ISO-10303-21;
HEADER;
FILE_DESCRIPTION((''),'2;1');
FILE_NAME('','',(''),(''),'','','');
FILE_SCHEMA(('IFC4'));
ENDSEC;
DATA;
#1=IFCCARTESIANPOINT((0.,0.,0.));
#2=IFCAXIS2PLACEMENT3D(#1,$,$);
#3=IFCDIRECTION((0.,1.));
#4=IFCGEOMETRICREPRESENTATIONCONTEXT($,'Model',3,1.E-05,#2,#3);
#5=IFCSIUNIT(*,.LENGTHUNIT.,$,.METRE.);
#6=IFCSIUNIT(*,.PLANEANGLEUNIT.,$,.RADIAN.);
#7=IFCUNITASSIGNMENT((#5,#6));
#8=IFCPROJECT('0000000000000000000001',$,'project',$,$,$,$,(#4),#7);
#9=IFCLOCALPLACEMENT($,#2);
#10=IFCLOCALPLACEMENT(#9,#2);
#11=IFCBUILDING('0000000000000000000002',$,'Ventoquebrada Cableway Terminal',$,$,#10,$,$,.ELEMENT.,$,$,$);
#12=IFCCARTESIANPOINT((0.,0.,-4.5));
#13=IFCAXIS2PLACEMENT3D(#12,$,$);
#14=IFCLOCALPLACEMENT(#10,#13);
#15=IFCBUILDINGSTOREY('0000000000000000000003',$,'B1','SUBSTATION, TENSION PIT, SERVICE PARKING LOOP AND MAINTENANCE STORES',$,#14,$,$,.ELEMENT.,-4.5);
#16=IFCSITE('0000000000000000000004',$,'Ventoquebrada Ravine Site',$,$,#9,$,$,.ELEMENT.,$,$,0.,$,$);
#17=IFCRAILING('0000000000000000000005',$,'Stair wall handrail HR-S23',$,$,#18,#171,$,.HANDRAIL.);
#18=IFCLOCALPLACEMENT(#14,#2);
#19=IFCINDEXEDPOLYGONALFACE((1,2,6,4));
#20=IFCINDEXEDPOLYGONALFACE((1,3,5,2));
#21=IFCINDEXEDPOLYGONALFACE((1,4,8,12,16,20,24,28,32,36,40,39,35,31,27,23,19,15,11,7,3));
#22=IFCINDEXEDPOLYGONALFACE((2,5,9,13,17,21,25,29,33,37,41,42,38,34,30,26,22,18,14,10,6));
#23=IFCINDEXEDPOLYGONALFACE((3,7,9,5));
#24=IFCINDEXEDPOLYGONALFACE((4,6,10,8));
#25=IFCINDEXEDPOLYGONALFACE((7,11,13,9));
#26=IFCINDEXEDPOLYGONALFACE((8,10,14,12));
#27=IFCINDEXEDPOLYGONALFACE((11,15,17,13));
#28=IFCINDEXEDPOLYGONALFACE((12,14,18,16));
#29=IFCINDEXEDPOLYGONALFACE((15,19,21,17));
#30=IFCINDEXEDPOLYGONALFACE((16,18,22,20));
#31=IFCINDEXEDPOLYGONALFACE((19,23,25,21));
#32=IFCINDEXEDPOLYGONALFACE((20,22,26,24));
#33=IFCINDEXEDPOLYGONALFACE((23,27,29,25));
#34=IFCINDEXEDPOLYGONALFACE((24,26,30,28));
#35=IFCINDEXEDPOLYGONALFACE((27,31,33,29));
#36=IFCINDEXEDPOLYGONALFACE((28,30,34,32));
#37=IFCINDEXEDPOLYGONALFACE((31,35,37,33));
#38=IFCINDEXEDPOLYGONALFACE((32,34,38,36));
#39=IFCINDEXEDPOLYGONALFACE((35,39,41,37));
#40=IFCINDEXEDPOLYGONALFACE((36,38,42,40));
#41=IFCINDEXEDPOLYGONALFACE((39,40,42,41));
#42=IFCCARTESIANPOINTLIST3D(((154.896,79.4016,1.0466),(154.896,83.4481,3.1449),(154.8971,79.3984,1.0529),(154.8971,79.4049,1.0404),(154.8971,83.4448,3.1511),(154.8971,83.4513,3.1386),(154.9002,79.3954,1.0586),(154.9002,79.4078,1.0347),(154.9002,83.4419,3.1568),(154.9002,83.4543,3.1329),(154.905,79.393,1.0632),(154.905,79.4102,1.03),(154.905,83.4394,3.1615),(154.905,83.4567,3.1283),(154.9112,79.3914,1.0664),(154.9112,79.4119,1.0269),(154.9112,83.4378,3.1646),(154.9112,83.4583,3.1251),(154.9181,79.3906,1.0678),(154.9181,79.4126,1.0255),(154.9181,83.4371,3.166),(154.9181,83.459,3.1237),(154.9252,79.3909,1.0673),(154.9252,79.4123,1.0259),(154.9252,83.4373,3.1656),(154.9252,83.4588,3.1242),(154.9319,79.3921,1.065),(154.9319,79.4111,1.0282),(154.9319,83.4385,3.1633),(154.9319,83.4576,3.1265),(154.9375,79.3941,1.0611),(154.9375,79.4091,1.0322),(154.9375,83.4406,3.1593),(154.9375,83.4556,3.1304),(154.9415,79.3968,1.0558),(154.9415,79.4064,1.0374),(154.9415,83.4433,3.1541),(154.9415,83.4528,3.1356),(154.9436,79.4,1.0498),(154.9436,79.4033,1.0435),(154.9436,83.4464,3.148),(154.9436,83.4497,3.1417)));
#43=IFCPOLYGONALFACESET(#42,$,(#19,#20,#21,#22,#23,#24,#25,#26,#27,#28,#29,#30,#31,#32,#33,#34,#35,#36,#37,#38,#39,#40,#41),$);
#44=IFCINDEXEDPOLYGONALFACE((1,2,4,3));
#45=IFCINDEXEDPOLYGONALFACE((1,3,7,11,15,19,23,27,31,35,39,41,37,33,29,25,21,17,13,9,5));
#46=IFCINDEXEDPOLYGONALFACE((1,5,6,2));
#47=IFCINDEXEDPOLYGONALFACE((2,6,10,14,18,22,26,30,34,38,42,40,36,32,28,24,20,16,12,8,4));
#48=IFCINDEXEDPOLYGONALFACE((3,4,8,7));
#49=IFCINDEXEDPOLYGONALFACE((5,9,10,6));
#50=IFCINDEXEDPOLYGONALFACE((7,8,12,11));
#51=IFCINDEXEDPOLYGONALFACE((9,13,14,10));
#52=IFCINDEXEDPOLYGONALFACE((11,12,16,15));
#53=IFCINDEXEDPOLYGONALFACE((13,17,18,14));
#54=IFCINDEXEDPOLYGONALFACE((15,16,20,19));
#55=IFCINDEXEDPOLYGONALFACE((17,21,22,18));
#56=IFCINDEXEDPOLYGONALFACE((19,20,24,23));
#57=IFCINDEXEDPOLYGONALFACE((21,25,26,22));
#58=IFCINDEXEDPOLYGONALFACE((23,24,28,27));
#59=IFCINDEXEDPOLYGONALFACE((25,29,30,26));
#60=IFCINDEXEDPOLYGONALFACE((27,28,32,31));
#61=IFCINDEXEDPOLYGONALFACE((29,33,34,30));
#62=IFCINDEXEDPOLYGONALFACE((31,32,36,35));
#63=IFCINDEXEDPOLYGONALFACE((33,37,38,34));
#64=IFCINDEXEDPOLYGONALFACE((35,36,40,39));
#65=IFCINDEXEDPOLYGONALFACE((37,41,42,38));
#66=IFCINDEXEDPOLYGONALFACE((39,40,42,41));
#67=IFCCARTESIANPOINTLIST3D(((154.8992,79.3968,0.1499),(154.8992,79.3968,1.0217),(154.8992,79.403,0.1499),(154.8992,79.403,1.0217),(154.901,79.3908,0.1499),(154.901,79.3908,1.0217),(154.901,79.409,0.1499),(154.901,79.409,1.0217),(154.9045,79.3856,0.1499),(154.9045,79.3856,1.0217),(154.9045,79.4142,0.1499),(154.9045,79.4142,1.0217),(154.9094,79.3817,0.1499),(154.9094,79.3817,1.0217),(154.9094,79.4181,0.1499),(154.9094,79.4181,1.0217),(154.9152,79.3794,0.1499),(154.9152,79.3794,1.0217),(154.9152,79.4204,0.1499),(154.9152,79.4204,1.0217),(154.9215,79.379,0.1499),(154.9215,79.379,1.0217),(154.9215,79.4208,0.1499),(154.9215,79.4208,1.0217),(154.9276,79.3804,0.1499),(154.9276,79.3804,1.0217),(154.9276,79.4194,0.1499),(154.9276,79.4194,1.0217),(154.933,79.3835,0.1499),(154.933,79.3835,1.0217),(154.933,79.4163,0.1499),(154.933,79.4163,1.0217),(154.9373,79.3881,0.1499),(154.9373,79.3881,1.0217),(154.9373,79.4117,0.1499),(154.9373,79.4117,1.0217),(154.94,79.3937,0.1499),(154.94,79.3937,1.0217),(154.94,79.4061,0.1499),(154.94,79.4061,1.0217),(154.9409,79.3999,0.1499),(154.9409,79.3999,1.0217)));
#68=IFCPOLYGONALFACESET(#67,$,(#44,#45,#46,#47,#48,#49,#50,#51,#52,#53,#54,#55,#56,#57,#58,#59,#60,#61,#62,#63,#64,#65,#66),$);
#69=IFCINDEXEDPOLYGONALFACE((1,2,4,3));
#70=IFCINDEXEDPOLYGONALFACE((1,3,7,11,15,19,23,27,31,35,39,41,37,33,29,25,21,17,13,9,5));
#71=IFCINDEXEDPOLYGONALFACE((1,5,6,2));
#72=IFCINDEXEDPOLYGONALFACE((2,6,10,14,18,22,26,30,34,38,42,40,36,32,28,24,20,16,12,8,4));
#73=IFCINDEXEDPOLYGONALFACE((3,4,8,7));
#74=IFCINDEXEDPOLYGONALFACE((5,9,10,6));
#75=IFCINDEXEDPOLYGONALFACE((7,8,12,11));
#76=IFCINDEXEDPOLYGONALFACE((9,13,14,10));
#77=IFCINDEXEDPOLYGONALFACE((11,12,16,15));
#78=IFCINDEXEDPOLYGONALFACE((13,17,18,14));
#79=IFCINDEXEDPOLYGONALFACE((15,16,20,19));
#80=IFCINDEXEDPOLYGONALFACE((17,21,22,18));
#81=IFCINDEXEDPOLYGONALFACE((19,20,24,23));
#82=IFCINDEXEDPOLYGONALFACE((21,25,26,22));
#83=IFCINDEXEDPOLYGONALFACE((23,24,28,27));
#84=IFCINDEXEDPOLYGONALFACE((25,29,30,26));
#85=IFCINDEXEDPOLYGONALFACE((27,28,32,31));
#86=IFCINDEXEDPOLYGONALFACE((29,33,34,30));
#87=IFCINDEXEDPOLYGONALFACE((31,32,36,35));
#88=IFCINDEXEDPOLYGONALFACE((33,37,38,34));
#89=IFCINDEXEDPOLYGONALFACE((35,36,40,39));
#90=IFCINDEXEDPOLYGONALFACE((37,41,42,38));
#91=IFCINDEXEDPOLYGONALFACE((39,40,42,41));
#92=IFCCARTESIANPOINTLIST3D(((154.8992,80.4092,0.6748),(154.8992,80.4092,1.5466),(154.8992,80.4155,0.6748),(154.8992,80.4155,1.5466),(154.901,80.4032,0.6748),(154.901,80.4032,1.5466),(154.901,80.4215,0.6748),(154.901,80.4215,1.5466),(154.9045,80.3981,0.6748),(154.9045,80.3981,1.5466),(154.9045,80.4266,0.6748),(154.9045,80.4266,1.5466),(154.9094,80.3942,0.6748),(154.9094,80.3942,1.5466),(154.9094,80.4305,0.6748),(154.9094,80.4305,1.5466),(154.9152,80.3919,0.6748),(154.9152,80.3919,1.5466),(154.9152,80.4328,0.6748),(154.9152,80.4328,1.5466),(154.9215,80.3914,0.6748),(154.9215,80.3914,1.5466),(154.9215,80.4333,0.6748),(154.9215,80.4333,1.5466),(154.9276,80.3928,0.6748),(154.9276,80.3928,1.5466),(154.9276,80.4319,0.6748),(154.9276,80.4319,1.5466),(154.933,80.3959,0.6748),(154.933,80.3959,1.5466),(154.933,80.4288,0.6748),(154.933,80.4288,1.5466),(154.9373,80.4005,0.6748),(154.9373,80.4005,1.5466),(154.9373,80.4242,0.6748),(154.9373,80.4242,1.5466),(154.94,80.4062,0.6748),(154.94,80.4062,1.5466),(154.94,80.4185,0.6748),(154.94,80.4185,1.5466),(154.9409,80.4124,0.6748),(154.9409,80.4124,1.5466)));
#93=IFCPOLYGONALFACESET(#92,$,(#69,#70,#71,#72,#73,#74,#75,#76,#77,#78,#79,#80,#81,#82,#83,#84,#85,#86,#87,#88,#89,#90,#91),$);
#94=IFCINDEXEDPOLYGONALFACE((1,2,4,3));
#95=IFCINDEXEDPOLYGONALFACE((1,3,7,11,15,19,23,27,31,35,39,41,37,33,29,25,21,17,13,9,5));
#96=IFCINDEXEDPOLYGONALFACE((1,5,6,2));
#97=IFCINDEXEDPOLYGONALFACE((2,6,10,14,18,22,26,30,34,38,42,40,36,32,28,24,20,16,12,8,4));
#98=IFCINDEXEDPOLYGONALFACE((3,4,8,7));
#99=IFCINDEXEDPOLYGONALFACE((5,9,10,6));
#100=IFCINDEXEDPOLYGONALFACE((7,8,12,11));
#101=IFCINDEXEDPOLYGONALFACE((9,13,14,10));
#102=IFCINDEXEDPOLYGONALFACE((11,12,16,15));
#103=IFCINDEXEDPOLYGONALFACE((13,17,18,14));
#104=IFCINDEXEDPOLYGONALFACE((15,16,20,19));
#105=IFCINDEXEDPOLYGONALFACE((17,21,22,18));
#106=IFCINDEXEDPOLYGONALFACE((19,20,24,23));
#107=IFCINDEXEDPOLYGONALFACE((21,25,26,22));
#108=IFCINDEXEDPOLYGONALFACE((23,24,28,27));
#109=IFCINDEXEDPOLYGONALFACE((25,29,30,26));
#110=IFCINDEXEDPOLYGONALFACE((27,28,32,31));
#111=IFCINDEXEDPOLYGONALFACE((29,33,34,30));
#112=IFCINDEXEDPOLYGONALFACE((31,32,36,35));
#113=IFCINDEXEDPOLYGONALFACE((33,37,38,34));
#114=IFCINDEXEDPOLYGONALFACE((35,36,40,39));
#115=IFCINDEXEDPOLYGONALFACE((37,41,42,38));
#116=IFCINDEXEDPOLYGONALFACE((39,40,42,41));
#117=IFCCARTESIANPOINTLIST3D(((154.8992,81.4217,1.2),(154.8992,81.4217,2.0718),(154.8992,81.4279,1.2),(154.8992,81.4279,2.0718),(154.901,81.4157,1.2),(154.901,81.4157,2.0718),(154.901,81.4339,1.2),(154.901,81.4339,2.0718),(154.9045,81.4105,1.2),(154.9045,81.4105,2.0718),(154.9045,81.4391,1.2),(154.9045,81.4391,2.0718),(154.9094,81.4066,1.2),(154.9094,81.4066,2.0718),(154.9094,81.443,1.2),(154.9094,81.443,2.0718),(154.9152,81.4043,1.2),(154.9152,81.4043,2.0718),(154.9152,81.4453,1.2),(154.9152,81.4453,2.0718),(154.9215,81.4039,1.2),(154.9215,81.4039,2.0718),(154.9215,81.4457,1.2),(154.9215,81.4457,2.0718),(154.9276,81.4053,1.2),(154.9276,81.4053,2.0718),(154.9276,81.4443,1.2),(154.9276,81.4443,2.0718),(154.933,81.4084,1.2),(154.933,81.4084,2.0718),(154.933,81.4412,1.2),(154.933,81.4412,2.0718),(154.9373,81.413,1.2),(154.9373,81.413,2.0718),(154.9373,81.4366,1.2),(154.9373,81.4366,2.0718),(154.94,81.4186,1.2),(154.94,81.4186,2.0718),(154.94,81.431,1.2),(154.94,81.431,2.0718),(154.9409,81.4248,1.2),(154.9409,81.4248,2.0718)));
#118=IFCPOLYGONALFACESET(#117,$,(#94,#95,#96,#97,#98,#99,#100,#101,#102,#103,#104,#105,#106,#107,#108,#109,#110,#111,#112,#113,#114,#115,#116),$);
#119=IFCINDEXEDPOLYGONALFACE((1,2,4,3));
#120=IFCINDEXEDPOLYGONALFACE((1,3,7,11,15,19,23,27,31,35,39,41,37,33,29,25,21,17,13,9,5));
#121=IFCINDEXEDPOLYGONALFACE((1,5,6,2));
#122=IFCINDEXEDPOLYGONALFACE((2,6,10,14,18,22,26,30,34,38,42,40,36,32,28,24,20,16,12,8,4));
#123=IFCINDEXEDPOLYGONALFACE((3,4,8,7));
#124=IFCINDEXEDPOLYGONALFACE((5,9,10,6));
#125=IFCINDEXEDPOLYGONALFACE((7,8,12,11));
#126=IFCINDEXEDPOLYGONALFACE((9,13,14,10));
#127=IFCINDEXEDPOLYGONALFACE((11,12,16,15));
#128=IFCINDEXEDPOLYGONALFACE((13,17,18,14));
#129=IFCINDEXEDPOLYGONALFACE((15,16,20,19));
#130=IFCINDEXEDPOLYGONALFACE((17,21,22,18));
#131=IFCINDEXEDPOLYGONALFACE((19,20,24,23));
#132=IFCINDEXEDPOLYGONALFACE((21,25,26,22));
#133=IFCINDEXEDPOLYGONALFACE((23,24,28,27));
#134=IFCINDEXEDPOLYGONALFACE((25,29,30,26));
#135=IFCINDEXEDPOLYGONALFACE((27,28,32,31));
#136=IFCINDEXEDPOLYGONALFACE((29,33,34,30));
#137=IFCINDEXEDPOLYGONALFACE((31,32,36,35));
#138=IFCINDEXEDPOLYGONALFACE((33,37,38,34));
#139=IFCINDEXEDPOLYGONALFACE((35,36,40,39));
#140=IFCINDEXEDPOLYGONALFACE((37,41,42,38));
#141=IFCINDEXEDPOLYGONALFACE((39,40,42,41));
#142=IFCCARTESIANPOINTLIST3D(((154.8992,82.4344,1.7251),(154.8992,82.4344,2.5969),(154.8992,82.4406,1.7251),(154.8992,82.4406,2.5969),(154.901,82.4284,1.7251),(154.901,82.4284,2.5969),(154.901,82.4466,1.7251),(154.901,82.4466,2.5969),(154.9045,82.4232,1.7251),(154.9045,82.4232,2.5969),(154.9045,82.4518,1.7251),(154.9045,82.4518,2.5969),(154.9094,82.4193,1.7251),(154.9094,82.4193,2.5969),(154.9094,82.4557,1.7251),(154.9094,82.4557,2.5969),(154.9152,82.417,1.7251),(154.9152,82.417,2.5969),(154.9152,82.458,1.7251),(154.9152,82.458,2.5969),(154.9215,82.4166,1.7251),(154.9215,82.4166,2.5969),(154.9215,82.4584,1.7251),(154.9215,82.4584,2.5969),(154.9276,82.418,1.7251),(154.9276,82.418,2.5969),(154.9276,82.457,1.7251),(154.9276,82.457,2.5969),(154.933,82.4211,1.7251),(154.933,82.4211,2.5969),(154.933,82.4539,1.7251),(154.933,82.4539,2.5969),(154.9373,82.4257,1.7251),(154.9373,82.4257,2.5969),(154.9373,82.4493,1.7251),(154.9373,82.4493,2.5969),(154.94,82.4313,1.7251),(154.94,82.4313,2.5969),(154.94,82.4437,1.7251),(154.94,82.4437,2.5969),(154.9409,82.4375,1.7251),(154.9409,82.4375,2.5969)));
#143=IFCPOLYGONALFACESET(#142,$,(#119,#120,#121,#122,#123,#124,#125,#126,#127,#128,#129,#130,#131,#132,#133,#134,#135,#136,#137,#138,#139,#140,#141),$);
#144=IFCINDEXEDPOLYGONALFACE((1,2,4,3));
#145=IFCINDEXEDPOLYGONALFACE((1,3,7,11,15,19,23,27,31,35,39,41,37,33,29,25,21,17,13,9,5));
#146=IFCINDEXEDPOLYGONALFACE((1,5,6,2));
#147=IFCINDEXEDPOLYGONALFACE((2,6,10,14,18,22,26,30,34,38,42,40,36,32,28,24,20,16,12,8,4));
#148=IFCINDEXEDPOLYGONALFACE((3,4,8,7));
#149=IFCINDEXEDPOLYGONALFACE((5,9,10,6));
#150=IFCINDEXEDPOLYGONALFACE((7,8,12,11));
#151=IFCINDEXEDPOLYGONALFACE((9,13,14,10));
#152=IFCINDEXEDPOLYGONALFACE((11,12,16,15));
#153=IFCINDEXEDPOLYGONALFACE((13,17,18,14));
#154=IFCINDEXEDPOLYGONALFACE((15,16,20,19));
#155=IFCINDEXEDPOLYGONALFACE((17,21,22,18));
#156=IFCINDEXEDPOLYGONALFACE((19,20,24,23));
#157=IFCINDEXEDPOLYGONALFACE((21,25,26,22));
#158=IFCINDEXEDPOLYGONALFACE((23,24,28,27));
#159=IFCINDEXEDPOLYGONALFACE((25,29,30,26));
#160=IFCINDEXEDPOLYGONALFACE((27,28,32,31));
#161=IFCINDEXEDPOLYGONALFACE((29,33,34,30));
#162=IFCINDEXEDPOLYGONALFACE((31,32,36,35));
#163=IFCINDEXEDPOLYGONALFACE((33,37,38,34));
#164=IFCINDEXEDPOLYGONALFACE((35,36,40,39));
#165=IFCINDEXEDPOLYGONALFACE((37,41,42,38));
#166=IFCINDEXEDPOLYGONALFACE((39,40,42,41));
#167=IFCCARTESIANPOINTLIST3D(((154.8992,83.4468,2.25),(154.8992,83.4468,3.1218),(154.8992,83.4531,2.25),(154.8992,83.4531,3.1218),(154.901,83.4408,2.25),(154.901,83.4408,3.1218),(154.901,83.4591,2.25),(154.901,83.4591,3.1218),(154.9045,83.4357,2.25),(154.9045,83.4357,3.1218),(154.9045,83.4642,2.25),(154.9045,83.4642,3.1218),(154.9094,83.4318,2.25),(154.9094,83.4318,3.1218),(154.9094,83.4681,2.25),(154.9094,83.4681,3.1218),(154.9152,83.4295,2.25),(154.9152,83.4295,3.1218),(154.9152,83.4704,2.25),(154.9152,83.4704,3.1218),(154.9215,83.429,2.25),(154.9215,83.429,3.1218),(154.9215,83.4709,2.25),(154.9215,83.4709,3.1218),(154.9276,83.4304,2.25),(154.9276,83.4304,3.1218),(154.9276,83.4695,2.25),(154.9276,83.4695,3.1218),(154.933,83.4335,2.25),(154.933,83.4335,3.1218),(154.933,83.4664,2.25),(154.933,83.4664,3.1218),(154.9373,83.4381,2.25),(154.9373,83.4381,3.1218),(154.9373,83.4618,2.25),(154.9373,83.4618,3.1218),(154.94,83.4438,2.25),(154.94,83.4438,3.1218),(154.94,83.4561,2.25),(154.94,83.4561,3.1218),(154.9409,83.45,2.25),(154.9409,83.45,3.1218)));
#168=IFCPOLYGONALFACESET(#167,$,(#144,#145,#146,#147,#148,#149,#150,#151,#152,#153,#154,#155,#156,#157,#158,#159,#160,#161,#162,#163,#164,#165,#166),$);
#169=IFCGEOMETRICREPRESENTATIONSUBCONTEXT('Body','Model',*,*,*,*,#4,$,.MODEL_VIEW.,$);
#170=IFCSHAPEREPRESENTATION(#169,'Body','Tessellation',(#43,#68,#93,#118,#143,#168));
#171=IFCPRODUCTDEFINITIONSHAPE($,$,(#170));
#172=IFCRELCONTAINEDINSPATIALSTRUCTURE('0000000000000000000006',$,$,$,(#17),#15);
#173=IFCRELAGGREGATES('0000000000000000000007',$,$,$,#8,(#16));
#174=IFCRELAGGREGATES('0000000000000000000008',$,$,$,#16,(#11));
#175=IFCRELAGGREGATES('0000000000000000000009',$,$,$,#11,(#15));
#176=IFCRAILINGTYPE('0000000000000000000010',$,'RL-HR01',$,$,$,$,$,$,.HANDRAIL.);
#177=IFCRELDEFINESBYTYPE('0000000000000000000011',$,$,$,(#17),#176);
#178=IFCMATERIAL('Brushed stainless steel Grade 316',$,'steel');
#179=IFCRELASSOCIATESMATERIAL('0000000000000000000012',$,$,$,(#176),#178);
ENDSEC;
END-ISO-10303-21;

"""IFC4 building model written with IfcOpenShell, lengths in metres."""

from ifc_helpers import new_model, si_unit, direction, frame, origin, origin_2d, place, context, subcontext, project, spatial, circle, extrude, material, type_object, element, save


model = new_model("IFC4")

# Units and contexts
model_context = context("Model", 3, precision=1e-05, world=origin(), true_north=direction((0.0, 1.0)))
body_context = subcontext(model_context, "Body", "Model", "MODEL_VIEW")
ifc_project = project(units=[si_unit("LENGTHUNIT", "METRE"), si_unit("PLANEANGLEUNIT", "RADIAN")], contexts=[model_context])

# Site, building, storey
site_placement = place(None, origin())
site = spatial("IfcSite", under=ifc_project, at=site_placement, Name="Ventoquebrada Ravine Site", CompositionType="ELEMENT", RefElevation=0.0)
building_placement = place(site_placement, origin())
building = spatial("IfcBuilding", under=site, at=building_placement, Name="Ventoquebrada Cableway Terminal", CompositionType="ELEMENT")
storey_placement = place(building_placement, frame((0.0, 0.0, -4.5)))
storey = spatial("IfcBuildingStorey", under=building, at=storey_placement, Name="B1", Description="SUBSTATION, TENSION PIT, SERVICE PARKING LOOP AND MAINTENANCE STORES", CompositionType="ELEMENT", Elevation=-4.5)

# Railing
ifc_material_1 = material(Name="Brushed stainless steel Grade 316", Category="steel")
railing_type = type_object("IfcRailingType", Name="RL-HR01", PredefinedType="HANDRAIL", material=ifc_material_1)
railing_placement = place(storey_placement, frame((154.9199, 79.3999, 0.1499)))
element("IfcRailing", 1, at=railing_placement, inside=storey, type_object=railing_type, Name="Stair wall handrail HR-S23", PredefinedType="HANDRAIL", context=body_context, shape_type="SweptSolid", body=[
    extrude(circle(Radius=0.0239, at=origin_2d()), frame((0.0, 0.0017, 0.8967), z_axis=(0.0, 0.887748, 0.46033), x_axis=(-1.0, 0.0, 0.0)), (0.0, 0.0, 1.0), 4.5581),
    extrude(circle(Radius=0.021, at=origin_2d()), origin(), (0.0, 0.0, 1.0), 0.8718),
    extrude(circle(Radius=0.021, at=origin_2d()), frame((0.0, 1.0125, 0.5249)), (0.0, 0.0, 1.0), 0.8718),
    extrude(circle(Radius=0.021, at=origin_2d()), frame((0.0, 2.0249, 1.05)), (0.0, 0.0, 1.0), 0.8718),
    extrude(circle(Radius=0.021, at=origin_2d()), frame((0.0, 3.0376, 1.5752)), (0.0, 0.0, 1.0), 0.8718),
    extrude(circle(Radius=0.021, at=origin_2d()), frame((0.0, 4.05, 2.1001)), (0.0, 0.0, 1.0), 0.8718),
])

save(model, "model.ifc")
